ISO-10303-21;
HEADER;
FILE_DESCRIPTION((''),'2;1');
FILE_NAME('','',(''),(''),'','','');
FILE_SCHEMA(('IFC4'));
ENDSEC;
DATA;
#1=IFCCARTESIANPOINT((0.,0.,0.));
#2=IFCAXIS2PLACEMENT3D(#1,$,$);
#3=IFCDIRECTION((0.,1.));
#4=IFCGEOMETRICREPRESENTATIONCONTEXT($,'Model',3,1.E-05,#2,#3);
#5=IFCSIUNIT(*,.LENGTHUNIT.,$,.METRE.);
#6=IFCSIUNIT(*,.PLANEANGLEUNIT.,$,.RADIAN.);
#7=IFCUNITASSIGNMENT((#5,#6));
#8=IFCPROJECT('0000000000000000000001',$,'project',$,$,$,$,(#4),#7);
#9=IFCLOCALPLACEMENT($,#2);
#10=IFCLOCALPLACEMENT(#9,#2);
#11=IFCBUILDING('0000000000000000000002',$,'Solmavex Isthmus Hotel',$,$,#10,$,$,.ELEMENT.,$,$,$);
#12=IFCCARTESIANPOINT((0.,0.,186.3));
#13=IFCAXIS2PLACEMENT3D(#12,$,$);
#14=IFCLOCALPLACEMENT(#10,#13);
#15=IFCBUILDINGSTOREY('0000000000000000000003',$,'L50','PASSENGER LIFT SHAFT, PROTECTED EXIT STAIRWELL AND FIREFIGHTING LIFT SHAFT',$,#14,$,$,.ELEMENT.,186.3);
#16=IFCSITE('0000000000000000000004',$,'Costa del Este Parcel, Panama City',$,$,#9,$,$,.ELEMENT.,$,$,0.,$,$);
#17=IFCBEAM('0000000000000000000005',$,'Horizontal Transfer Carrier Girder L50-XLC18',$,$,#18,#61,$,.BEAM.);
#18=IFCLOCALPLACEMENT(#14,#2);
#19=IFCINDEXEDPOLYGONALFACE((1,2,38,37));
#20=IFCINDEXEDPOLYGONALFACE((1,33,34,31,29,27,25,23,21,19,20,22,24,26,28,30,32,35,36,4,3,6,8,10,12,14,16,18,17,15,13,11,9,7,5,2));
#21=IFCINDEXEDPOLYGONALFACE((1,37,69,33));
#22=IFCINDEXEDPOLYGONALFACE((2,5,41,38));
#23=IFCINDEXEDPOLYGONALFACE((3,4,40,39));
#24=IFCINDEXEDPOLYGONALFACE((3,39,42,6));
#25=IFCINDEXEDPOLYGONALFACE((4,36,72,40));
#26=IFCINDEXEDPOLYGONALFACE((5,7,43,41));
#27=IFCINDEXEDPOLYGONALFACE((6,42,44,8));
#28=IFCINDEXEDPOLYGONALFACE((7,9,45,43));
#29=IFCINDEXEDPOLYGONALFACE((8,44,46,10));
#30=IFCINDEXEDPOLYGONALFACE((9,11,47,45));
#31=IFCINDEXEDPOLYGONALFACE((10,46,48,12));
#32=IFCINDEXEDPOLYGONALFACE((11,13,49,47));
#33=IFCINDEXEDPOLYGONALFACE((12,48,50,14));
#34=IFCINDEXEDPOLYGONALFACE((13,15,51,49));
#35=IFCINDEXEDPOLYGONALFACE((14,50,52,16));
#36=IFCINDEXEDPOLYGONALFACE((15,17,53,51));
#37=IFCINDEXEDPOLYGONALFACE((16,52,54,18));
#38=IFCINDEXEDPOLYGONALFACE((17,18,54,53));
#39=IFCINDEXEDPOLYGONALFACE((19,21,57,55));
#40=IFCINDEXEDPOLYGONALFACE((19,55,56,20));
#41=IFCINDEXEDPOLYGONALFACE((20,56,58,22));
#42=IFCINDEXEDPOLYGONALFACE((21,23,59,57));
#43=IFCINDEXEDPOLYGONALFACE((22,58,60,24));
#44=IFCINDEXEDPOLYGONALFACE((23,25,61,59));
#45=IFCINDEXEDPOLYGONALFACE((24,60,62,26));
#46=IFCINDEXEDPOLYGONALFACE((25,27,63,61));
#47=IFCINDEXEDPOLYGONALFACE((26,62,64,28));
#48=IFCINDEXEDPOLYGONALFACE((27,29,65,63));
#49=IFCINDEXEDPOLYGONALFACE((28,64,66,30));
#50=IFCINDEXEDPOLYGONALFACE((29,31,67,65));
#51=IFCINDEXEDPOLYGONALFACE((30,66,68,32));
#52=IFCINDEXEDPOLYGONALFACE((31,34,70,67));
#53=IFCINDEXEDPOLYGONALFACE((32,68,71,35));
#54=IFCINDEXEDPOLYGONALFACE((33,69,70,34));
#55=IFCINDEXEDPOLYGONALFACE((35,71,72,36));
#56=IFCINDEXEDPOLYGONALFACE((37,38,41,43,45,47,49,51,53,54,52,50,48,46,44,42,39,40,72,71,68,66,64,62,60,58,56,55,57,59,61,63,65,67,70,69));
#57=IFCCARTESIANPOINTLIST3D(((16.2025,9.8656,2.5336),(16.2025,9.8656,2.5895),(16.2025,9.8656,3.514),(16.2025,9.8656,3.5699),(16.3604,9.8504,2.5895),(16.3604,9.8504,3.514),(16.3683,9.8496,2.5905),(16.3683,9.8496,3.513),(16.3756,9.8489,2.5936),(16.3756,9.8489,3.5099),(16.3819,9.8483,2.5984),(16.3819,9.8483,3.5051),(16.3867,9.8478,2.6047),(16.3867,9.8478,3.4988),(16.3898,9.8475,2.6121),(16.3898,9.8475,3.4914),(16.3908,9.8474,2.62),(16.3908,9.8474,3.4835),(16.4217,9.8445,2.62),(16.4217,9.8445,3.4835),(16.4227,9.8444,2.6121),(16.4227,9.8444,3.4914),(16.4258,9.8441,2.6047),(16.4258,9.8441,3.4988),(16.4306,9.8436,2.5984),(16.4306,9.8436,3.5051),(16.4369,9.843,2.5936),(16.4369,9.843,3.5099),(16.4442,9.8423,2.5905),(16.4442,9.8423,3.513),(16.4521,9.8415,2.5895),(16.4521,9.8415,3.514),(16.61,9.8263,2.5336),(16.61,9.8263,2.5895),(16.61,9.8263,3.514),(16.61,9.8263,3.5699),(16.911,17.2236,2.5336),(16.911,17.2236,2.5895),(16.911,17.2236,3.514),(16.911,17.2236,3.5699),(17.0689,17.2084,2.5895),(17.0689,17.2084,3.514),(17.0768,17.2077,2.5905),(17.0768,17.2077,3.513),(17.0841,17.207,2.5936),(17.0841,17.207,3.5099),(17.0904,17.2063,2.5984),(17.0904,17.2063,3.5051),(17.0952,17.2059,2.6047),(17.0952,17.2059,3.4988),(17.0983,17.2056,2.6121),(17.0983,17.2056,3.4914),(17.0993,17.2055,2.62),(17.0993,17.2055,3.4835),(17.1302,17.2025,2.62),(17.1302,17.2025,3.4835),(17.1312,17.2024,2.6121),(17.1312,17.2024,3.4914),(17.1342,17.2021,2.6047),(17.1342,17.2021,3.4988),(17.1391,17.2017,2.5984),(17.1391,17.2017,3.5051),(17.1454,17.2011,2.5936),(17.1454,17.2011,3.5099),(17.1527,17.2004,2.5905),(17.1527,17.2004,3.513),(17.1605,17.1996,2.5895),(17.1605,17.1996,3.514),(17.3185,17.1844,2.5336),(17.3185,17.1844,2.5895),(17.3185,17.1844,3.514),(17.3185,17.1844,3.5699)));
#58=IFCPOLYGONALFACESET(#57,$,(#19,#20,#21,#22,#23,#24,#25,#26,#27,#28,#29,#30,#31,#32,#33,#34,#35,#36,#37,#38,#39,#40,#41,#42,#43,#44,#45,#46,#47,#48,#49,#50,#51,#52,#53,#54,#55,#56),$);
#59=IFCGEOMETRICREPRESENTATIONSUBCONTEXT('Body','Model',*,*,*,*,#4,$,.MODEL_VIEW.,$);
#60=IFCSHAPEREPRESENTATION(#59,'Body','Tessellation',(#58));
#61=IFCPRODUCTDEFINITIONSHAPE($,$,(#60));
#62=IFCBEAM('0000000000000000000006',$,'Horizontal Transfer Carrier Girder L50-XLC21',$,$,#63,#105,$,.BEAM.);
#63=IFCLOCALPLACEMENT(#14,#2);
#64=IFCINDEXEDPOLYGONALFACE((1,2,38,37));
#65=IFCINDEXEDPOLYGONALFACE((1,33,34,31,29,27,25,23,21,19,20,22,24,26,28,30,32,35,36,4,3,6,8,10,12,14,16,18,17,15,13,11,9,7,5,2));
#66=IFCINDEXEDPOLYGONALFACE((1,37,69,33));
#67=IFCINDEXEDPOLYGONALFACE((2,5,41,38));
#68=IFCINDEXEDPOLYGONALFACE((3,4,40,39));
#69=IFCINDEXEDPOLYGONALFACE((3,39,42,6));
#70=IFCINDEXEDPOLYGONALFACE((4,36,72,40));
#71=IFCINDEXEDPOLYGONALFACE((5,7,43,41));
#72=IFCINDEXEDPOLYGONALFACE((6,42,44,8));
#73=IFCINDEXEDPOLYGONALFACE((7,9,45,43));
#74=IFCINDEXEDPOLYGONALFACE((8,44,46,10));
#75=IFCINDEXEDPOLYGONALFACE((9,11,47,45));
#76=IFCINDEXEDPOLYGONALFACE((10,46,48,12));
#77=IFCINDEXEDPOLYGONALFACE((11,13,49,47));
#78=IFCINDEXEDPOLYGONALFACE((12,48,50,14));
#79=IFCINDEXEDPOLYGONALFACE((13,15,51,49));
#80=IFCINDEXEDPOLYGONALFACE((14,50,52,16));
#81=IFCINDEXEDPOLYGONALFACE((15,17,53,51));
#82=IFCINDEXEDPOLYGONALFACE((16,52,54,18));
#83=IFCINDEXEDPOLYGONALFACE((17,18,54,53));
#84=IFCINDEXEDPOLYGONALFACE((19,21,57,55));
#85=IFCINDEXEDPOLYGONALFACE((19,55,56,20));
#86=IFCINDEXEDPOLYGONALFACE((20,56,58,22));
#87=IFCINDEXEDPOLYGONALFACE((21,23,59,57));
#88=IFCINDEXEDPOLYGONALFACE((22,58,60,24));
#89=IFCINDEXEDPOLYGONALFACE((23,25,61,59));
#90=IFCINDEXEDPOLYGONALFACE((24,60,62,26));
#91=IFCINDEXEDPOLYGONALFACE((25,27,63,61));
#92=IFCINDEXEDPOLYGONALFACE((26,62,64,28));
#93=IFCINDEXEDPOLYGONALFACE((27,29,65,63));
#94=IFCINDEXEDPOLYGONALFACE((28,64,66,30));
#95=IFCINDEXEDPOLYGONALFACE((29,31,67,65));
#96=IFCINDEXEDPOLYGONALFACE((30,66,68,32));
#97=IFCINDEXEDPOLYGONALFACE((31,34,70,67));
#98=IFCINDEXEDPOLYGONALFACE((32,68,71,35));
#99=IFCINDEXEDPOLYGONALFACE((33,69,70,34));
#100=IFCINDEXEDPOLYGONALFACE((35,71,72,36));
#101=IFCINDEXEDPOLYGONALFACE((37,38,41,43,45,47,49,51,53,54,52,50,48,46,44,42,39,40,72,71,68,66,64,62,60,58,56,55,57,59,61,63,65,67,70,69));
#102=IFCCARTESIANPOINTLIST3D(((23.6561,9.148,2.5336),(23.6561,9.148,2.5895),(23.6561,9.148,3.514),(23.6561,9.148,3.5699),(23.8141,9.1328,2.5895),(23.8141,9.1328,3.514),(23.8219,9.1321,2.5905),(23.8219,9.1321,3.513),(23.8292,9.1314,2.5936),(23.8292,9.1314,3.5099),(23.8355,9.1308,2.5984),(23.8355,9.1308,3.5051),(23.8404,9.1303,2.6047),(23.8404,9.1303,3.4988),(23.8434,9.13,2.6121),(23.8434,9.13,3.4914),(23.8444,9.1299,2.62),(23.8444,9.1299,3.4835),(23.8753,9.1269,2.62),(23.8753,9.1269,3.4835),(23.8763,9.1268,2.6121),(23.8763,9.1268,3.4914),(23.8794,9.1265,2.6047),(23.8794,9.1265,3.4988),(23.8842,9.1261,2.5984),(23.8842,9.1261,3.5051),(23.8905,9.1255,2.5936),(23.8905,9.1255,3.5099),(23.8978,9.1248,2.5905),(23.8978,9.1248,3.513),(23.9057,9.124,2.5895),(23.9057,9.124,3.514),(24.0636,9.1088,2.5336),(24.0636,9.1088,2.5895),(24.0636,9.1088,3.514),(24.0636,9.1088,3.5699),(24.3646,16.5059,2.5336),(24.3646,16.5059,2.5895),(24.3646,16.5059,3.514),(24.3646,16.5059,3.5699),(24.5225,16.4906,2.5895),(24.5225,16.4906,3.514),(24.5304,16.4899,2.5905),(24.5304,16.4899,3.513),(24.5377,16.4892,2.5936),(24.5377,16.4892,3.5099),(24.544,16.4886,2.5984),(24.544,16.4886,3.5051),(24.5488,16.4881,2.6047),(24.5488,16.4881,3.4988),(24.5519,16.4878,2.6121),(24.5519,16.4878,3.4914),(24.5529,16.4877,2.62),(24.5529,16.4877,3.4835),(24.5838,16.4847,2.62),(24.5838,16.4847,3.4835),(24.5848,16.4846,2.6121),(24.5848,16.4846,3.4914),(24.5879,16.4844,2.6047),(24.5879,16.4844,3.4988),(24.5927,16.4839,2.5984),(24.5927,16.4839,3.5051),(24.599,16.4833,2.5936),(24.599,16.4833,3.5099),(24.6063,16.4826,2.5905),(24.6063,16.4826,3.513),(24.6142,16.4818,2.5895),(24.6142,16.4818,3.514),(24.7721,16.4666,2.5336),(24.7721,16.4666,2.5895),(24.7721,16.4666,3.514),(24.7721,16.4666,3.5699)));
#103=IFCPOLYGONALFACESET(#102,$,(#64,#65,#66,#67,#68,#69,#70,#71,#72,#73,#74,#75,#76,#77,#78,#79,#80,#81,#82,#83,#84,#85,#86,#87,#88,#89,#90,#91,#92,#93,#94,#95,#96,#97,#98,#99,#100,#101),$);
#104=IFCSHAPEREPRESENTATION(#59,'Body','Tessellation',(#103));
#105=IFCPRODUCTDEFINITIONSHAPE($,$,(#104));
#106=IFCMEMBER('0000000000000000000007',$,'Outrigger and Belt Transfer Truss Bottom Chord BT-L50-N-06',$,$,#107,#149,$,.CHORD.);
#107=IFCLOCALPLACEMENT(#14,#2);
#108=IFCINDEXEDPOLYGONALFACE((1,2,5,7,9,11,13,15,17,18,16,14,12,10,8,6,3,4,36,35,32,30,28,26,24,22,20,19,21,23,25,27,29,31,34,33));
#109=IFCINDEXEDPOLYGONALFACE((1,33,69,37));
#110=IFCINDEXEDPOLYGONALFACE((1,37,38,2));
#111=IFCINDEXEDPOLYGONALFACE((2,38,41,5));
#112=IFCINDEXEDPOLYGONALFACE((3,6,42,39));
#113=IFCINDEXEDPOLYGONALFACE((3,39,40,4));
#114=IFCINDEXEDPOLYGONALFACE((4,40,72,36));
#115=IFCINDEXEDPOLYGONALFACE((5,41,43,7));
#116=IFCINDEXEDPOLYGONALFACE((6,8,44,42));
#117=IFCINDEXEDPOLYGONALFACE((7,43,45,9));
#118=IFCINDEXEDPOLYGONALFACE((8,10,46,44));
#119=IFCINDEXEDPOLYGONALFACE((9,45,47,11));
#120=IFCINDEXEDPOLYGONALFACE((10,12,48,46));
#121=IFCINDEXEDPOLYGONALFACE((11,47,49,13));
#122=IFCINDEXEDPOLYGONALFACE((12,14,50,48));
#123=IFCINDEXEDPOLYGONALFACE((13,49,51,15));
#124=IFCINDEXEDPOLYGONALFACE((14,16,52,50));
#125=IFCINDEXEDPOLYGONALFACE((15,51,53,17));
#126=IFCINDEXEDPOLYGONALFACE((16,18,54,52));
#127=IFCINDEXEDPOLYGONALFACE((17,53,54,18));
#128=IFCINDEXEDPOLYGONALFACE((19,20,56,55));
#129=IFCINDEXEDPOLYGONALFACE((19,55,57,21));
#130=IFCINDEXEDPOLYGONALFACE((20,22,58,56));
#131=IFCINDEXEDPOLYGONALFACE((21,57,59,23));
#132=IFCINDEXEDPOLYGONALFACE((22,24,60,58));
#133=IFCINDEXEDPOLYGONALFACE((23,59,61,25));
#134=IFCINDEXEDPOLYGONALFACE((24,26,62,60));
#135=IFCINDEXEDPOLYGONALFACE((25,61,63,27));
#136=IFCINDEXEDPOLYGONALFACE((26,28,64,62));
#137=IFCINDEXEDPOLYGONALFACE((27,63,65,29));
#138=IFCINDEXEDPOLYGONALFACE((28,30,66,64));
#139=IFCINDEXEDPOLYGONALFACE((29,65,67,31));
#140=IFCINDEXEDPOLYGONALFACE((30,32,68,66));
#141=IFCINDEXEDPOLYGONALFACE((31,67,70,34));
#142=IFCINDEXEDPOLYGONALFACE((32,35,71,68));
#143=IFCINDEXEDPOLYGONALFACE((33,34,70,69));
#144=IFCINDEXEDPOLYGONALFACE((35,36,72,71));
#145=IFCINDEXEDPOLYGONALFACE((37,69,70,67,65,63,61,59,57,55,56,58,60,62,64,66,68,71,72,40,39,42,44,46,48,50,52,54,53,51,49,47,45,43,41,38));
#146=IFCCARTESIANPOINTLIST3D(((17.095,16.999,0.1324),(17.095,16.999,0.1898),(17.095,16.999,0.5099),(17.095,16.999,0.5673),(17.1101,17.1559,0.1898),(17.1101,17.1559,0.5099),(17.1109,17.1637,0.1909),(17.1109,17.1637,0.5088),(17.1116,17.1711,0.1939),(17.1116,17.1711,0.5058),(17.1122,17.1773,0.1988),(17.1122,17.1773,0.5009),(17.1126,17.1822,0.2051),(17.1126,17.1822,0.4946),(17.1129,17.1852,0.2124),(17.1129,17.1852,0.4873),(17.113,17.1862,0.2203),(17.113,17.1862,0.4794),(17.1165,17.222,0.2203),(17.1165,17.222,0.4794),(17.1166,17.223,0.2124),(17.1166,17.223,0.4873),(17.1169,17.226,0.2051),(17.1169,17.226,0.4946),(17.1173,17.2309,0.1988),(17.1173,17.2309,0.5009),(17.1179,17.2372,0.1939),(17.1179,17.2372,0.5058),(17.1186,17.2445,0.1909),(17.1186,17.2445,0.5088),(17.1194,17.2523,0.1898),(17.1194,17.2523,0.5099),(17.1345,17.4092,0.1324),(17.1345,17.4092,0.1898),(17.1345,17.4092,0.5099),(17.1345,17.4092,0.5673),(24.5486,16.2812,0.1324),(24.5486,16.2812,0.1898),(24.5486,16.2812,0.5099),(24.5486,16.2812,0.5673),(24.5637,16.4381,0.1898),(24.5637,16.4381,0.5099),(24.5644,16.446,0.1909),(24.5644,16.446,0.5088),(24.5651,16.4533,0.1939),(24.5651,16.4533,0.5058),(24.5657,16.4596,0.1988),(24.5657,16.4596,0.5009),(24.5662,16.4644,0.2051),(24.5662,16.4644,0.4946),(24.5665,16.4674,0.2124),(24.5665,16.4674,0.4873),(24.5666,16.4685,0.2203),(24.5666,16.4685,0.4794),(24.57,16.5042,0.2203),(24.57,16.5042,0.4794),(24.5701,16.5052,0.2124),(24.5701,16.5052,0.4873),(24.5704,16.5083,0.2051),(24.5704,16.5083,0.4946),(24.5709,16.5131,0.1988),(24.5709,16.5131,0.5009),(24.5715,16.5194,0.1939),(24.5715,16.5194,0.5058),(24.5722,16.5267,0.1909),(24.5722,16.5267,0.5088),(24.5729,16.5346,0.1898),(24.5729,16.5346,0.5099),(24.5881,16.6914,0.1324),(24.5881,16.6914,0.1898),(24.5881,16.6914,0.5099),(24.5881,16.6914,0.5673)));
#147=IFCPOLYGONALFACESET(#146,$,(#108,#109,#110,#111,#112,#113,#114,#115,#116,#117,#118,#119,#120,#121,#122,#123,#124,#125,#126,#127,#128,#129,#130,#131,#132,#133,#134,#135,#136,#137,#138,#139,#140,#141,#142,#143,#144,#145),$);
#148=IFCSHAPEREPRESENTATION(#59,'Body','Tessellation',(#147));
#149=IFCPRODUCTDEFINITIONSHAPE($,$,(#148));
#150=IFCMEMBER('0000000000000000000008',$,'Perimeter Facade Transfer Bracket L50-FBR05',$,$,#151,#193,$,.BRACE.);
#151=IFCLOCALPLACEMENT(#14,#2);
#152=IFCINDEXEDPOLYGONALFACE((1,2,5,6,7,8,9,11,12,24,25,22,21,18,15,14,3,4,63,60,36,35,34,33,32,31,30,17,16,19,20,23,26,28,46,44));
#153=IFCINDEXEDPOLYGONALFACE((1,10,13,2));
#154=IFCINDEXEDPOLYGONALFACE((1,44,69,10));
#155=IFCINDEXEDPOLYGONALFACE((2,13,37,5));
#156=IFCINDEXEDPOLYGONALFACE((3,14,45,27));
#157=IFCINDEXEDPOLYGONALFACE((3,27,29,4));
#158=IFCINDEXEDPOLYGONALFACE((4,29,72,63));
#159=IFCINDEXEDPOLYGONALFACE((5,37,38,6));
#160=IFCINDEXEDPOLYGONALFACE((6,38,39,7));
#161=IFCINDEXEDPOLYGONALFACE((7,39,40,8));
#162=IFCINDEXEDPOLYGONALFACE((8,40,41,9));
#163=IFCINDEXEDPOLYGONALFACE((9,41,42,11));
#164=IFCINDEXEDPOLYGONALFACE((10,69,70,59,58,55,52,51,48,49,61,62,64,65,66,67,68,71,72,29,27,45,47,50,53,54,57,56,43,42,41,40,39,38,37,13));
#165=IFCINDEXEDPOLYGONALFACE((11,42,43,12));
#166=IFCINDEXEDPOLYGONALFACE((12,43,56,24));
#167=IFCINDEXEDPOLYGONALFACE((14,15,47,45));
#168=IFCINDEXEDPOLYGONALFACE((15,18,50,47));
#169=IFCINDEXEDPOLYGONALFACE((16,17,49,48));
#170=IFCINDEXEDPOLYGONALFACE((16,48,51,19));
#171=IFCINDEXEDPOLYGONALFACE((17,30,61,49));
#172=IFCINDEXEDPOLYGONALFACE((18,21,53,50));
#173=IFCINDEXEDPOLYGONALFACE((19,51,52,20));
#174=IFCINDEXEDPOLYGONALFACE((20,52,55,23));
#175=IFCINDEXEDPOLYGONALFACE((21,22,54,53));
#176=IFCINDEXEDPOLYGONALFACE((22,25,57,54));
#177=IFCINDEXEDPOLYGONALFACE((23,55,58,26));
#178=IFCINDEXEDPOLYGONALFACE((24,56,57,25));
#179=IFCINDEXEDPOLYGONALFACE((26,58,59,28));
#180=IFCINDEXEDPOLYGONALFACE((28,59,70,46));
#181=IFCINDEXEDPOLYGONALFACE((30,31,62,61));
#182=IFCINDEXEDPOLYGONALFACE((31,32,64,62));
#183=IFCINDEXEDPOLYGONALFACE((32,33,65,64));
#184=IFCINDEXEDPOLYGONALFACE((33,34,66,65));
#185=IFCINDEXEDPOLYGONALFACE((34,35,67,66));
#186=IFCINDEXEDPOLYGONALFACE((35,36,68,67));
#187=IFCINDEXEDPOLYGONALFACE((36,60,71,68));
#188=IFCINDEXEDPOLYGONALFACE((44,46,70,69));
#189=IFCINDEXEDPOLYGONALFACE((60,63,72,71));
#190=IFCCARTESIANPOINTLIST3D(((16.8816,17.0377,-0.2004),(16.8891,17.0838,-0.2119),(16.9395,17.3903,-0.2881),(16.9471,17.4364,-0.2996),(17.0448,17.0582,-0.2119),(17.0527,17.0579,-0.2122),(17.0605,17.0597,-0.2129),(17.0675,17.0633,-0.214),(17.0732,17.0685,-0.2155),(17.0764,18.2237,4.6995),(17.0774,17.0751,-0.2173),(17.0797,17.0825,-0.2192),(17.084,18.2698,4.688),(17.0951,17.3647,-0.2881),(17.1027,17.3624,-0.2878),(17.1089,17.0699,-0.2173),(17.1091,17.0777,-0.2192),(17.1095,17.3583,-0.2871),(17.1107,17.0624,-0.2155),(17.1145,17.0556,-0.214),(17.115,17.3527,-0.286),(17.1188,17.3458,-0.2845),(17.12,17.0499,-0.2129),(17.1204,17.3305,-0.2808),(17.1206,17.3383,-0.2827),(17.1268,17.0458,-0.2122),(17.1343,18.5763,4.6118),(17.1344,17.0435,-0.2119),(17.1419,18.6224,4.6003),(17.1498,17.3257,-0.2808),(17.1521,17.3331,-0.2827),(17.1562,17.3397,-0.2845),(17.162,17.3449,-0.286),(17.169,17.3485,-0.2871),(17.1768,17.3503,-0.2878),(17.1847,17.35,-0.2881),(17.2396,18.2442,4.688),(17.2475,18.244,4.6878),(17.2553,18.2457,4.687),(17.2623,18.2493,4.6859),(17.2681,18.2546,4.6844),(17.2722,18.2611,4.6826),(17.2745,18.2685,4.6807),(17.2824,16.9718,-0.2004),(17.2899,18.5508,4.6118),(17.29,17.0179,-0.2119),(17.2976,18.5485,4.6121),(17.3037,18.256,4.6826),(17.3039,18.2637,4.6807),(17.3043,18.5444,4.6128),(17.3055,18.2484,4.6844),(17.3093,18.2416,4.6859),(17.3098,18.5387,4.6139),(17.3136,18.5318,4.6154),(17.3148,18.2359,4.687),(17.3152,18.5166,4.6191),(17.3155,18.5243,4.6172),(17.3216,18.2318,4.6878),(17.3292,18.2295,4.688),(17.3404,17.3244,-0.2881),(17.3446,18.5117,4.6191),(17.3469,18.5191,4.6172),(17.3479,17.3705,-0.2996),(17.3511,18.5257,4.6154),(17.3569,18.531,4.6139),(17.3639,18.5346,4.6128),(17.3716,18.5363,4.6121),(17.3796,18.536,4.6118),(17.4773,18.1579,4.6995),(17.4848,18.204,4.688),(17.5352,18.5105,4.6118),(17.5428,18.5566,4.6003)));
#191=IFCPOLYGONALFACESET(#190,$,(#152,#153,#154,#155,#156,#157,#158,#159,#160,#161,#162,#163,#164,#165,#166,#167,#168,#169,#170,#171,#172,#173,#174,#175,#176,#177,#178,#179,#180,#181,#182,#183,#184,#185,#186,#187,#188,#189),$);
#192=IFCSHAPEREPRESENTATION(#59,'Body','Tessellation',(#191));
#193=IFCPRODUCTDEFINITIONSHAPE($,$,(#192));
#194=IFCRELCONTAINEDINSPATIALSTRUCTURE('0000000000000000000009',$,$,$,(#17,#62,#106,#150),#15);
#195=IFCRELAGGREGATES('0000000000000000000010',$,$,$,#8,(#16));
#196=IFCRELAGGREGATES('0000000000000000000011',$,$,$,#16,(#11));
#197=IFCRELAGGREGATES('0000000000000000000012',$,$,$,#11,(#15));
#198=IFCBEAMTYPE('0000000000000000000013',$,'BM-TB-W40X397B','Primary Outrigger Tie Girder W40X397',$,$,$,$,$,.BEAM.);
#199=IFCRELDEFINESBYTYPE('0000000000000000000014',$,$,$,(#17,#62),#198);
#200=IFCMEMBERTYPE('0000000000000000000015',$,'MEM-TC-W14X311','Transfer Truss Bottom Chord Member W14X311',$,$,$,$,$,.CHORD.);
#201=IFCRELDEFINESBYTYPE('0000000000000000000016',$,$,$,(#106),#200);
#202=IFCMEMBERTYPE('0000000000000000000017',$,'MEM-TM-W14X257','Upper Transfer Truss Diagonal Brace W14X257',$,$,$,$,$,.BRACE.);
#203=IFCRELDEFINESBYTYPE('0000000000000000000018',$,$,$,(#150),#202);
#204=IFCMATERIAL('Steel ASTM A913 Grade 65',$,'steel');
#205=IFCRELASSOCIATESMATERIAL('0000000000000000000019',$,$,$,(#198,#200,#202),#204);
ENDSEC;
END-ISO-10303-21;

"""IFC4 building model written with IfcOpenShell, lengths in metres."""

from ifc_helpers import new_model, si_unit, direction, frame, origin, origin_2d, place, context, subcontext, project, spatial, i_section, extrude, material, material_profile, profile_set, type_object, element, save


model = new_model("IFC4")

# Units and contexts
model_context = context("Model", 3, precision=1e-05, world=origin(), true_north=direction((0.0, 1.0)))
body_context = subcontext(model_context, "Body", "Model", "MODEL_VIEW")
ifc_project = project(units=[si_unit("LENGTHUNIT", "METRE"), si_unit("PLANEANGLEUNIT", "RADIAN")], contexts=[model_context])

# Site, building, storey
site_placement = place(None, origin())
site = spatial("IfcSite", under=ifc_project, at=site_placement, Name="Costa del Este Parcel, Panama City", CompositionType="ELEMENT", RefElevation=0.0)
building_placement = place(site_placement, origin())
building = spatial("IfcBuilding", under=site, at=building_placement, Name="Solmavex Isthmus Hotel", CompositionType="ELEMENT")
storey_placement = place(building_placement, frame((0.0, 0.0, 186.3)))
storey = spatial("IfcBuildingStorey", under=building, at=storey_placement, Name="L50", Description="PASSENGER LIFT SHAFT, PROTECTED EXIT STAIRWELL AND FIREFIGHTING LIFT SHAFT", CompositionType="ELEMENT", Elevation=186.3)

# Shared definitions
ifc_material_1 = material(Name="Steel ASTM A913 Grade 65", Category="steel")

# Beams
ifc_material_profile_1 = material_profile(ifc_material_1, i_section(OverallWidth=0.4094, OverallDepth=1.0364, WebThickness=0.031, FlangeThickness=0.0559, FilletRadius=0.0305, at=origin_2d()), Name="W40X397")
ifc_profile_set_1 = profile_set([ifc_material_profile_1], Name="Steel ASTM A913 Grade 65")
beam_type_1 = type_object("IfcBeamType", Name="BM-TB-W40X397B", Description="Primary Outrigger Tie Girder W40X397", PredefinedType="BEAM", material=ifc_profile_set_1)
beam_1_placement = place(storey_placement, frame((16.4062, 9.8459, 3.0518), z_axis=(0.095844, 0.995396, 0.0), x_axis=(-0.995396, 0.095844, 0.0)))
element("IfcBeam", 1, at=beam_1_placement, inside=storey, type_object=beam_type_1, Name="Horizontal Transfer Carrier Girder L50-XLC18", PredefinedType="BEAM", context=body_context, shape_type="SweptSolid", body=[
    extrude(i_section(OverallWidth=0.4094, OverallDepth=1.0364, WebThickness=0.031, FlangeThickness=0.0559, FilletRadius=0.0305, at=origin_2d()), origin(), (0.0, 0.0, 1.0), 7.3921),
])
beam_2_placement = place(storey_placement, frame((23.8599, 9.1284, 3.0518), z_axis=(0.095847, 0.995396, 0.0), x_axis=(-0.995396, 0.095847, 0.0)))
element("IfcBeam", 2, at=beam_2_placement, inside=storey, type_object=beam_type_1, Name="Horizontal Transfer Carrier Girder L50-XLC21", PredefinedType="BEAM", context=body_context, shape_type="SweptSolid", body=[
    extrude(i_section(OverallWidth=0.4094, OverallDepth=1.0364, WebThickness=0.031, FlangeThickness=0.0559, FilletRadius=0.0305, at=origin_2d()), origin(), (0.0, 0.0, 1.0), 7.3918),
])

# Members
ifc_material_profile_2 = material_profile(ifc_material_1, i_section(OverallWidth=0.4121, OverallDepth=0.4348, WebThickness=0.0359, FlangeThickness=0.0574, FilletRadius=0.0305, at=origin_2d()), Name="W14X311")
ifc_profile_set_2 = profile_set([ifc_material_profile_2], Name="Steel ASTM A913 Grade 65")
member_type_1 = type_object("IfcMemberType", Name="MEM-TC-W14X311", Description="Transfer Truss Bottom Chord Member W14X311", PredefinedType="CHORD", material=ifc_profile_set_2)
member_1_placement = place(storey_placement, frame((17.1147, 17.2041, 0.3499), z_axis=(0.995395, -0.095855, 0.0), x_axis=(0.095855, 0.995395, 0.0)))
element("IfcMember", 3, at=member_1_placement, inside=storey, type_object=member_type_1, Name="Outrigger and Belt Transfer Truss Bottom Chord BT-L50-N-06", PredefinedType="CHORD", context=body_context, shape_type="SweptSolid", body=[
    extrude(i_section(OverallWidth=0.4121, OverallDepth=0.4348, WebThickness=0.0359, FlangeThickness=0.0574, FilletRadius=0.0305, at=origin_2d()), origin(), (0.0, 0.0, 1.0), 7.488),
])
ifc_material_profile_3 = material_profile(ifc_material_1, i_section(OverallWidth=0.4062, OverallDepth=0.416, WebThickness=0.0298, FlangeThickness=0.0481, FilletRadius=0.0305, at=origin_2d()), Name="W14X257")
ifc_profile_set_3 = profile_set([ifc_material_profile_3], Name="Steel ASTM A913 Grade 65")
member_type_2 = type_object("IfcMemberType", Name="MEM-TM-W14X257", Description="Upper Transfer Truss Diagonal Brace W14X257", PredefinedType="BRACE", material=ifc_profile_set_3)
member_2_placement = place(storey_placement, frame((17.1147, 17.2041, -0.25), z_axis=(0.038616, 0.235084, 0.971208), x_axis=(-0.986776, 0.162093, 0.0)))
element("IfcMember", 4, at=member_2_placement, inside=storey, type_object=member_type_2, Name="Perimeter Facade Transfer Bracket L50-FBR05", PredefinedType="BRACE", context=body_context, shape_type="SweptSolid", body=[
    extrude(i_section(OverallWidth=0.4062, OverallDepth=0.416, WebThickness=0.0298, FlangeThickness=0.0481, FilletRadius=0.0305, at=origin_2d()), origin(), (0.0, 0.0, 1.0), 5.0452),
])

save(model, "model.ifc")
